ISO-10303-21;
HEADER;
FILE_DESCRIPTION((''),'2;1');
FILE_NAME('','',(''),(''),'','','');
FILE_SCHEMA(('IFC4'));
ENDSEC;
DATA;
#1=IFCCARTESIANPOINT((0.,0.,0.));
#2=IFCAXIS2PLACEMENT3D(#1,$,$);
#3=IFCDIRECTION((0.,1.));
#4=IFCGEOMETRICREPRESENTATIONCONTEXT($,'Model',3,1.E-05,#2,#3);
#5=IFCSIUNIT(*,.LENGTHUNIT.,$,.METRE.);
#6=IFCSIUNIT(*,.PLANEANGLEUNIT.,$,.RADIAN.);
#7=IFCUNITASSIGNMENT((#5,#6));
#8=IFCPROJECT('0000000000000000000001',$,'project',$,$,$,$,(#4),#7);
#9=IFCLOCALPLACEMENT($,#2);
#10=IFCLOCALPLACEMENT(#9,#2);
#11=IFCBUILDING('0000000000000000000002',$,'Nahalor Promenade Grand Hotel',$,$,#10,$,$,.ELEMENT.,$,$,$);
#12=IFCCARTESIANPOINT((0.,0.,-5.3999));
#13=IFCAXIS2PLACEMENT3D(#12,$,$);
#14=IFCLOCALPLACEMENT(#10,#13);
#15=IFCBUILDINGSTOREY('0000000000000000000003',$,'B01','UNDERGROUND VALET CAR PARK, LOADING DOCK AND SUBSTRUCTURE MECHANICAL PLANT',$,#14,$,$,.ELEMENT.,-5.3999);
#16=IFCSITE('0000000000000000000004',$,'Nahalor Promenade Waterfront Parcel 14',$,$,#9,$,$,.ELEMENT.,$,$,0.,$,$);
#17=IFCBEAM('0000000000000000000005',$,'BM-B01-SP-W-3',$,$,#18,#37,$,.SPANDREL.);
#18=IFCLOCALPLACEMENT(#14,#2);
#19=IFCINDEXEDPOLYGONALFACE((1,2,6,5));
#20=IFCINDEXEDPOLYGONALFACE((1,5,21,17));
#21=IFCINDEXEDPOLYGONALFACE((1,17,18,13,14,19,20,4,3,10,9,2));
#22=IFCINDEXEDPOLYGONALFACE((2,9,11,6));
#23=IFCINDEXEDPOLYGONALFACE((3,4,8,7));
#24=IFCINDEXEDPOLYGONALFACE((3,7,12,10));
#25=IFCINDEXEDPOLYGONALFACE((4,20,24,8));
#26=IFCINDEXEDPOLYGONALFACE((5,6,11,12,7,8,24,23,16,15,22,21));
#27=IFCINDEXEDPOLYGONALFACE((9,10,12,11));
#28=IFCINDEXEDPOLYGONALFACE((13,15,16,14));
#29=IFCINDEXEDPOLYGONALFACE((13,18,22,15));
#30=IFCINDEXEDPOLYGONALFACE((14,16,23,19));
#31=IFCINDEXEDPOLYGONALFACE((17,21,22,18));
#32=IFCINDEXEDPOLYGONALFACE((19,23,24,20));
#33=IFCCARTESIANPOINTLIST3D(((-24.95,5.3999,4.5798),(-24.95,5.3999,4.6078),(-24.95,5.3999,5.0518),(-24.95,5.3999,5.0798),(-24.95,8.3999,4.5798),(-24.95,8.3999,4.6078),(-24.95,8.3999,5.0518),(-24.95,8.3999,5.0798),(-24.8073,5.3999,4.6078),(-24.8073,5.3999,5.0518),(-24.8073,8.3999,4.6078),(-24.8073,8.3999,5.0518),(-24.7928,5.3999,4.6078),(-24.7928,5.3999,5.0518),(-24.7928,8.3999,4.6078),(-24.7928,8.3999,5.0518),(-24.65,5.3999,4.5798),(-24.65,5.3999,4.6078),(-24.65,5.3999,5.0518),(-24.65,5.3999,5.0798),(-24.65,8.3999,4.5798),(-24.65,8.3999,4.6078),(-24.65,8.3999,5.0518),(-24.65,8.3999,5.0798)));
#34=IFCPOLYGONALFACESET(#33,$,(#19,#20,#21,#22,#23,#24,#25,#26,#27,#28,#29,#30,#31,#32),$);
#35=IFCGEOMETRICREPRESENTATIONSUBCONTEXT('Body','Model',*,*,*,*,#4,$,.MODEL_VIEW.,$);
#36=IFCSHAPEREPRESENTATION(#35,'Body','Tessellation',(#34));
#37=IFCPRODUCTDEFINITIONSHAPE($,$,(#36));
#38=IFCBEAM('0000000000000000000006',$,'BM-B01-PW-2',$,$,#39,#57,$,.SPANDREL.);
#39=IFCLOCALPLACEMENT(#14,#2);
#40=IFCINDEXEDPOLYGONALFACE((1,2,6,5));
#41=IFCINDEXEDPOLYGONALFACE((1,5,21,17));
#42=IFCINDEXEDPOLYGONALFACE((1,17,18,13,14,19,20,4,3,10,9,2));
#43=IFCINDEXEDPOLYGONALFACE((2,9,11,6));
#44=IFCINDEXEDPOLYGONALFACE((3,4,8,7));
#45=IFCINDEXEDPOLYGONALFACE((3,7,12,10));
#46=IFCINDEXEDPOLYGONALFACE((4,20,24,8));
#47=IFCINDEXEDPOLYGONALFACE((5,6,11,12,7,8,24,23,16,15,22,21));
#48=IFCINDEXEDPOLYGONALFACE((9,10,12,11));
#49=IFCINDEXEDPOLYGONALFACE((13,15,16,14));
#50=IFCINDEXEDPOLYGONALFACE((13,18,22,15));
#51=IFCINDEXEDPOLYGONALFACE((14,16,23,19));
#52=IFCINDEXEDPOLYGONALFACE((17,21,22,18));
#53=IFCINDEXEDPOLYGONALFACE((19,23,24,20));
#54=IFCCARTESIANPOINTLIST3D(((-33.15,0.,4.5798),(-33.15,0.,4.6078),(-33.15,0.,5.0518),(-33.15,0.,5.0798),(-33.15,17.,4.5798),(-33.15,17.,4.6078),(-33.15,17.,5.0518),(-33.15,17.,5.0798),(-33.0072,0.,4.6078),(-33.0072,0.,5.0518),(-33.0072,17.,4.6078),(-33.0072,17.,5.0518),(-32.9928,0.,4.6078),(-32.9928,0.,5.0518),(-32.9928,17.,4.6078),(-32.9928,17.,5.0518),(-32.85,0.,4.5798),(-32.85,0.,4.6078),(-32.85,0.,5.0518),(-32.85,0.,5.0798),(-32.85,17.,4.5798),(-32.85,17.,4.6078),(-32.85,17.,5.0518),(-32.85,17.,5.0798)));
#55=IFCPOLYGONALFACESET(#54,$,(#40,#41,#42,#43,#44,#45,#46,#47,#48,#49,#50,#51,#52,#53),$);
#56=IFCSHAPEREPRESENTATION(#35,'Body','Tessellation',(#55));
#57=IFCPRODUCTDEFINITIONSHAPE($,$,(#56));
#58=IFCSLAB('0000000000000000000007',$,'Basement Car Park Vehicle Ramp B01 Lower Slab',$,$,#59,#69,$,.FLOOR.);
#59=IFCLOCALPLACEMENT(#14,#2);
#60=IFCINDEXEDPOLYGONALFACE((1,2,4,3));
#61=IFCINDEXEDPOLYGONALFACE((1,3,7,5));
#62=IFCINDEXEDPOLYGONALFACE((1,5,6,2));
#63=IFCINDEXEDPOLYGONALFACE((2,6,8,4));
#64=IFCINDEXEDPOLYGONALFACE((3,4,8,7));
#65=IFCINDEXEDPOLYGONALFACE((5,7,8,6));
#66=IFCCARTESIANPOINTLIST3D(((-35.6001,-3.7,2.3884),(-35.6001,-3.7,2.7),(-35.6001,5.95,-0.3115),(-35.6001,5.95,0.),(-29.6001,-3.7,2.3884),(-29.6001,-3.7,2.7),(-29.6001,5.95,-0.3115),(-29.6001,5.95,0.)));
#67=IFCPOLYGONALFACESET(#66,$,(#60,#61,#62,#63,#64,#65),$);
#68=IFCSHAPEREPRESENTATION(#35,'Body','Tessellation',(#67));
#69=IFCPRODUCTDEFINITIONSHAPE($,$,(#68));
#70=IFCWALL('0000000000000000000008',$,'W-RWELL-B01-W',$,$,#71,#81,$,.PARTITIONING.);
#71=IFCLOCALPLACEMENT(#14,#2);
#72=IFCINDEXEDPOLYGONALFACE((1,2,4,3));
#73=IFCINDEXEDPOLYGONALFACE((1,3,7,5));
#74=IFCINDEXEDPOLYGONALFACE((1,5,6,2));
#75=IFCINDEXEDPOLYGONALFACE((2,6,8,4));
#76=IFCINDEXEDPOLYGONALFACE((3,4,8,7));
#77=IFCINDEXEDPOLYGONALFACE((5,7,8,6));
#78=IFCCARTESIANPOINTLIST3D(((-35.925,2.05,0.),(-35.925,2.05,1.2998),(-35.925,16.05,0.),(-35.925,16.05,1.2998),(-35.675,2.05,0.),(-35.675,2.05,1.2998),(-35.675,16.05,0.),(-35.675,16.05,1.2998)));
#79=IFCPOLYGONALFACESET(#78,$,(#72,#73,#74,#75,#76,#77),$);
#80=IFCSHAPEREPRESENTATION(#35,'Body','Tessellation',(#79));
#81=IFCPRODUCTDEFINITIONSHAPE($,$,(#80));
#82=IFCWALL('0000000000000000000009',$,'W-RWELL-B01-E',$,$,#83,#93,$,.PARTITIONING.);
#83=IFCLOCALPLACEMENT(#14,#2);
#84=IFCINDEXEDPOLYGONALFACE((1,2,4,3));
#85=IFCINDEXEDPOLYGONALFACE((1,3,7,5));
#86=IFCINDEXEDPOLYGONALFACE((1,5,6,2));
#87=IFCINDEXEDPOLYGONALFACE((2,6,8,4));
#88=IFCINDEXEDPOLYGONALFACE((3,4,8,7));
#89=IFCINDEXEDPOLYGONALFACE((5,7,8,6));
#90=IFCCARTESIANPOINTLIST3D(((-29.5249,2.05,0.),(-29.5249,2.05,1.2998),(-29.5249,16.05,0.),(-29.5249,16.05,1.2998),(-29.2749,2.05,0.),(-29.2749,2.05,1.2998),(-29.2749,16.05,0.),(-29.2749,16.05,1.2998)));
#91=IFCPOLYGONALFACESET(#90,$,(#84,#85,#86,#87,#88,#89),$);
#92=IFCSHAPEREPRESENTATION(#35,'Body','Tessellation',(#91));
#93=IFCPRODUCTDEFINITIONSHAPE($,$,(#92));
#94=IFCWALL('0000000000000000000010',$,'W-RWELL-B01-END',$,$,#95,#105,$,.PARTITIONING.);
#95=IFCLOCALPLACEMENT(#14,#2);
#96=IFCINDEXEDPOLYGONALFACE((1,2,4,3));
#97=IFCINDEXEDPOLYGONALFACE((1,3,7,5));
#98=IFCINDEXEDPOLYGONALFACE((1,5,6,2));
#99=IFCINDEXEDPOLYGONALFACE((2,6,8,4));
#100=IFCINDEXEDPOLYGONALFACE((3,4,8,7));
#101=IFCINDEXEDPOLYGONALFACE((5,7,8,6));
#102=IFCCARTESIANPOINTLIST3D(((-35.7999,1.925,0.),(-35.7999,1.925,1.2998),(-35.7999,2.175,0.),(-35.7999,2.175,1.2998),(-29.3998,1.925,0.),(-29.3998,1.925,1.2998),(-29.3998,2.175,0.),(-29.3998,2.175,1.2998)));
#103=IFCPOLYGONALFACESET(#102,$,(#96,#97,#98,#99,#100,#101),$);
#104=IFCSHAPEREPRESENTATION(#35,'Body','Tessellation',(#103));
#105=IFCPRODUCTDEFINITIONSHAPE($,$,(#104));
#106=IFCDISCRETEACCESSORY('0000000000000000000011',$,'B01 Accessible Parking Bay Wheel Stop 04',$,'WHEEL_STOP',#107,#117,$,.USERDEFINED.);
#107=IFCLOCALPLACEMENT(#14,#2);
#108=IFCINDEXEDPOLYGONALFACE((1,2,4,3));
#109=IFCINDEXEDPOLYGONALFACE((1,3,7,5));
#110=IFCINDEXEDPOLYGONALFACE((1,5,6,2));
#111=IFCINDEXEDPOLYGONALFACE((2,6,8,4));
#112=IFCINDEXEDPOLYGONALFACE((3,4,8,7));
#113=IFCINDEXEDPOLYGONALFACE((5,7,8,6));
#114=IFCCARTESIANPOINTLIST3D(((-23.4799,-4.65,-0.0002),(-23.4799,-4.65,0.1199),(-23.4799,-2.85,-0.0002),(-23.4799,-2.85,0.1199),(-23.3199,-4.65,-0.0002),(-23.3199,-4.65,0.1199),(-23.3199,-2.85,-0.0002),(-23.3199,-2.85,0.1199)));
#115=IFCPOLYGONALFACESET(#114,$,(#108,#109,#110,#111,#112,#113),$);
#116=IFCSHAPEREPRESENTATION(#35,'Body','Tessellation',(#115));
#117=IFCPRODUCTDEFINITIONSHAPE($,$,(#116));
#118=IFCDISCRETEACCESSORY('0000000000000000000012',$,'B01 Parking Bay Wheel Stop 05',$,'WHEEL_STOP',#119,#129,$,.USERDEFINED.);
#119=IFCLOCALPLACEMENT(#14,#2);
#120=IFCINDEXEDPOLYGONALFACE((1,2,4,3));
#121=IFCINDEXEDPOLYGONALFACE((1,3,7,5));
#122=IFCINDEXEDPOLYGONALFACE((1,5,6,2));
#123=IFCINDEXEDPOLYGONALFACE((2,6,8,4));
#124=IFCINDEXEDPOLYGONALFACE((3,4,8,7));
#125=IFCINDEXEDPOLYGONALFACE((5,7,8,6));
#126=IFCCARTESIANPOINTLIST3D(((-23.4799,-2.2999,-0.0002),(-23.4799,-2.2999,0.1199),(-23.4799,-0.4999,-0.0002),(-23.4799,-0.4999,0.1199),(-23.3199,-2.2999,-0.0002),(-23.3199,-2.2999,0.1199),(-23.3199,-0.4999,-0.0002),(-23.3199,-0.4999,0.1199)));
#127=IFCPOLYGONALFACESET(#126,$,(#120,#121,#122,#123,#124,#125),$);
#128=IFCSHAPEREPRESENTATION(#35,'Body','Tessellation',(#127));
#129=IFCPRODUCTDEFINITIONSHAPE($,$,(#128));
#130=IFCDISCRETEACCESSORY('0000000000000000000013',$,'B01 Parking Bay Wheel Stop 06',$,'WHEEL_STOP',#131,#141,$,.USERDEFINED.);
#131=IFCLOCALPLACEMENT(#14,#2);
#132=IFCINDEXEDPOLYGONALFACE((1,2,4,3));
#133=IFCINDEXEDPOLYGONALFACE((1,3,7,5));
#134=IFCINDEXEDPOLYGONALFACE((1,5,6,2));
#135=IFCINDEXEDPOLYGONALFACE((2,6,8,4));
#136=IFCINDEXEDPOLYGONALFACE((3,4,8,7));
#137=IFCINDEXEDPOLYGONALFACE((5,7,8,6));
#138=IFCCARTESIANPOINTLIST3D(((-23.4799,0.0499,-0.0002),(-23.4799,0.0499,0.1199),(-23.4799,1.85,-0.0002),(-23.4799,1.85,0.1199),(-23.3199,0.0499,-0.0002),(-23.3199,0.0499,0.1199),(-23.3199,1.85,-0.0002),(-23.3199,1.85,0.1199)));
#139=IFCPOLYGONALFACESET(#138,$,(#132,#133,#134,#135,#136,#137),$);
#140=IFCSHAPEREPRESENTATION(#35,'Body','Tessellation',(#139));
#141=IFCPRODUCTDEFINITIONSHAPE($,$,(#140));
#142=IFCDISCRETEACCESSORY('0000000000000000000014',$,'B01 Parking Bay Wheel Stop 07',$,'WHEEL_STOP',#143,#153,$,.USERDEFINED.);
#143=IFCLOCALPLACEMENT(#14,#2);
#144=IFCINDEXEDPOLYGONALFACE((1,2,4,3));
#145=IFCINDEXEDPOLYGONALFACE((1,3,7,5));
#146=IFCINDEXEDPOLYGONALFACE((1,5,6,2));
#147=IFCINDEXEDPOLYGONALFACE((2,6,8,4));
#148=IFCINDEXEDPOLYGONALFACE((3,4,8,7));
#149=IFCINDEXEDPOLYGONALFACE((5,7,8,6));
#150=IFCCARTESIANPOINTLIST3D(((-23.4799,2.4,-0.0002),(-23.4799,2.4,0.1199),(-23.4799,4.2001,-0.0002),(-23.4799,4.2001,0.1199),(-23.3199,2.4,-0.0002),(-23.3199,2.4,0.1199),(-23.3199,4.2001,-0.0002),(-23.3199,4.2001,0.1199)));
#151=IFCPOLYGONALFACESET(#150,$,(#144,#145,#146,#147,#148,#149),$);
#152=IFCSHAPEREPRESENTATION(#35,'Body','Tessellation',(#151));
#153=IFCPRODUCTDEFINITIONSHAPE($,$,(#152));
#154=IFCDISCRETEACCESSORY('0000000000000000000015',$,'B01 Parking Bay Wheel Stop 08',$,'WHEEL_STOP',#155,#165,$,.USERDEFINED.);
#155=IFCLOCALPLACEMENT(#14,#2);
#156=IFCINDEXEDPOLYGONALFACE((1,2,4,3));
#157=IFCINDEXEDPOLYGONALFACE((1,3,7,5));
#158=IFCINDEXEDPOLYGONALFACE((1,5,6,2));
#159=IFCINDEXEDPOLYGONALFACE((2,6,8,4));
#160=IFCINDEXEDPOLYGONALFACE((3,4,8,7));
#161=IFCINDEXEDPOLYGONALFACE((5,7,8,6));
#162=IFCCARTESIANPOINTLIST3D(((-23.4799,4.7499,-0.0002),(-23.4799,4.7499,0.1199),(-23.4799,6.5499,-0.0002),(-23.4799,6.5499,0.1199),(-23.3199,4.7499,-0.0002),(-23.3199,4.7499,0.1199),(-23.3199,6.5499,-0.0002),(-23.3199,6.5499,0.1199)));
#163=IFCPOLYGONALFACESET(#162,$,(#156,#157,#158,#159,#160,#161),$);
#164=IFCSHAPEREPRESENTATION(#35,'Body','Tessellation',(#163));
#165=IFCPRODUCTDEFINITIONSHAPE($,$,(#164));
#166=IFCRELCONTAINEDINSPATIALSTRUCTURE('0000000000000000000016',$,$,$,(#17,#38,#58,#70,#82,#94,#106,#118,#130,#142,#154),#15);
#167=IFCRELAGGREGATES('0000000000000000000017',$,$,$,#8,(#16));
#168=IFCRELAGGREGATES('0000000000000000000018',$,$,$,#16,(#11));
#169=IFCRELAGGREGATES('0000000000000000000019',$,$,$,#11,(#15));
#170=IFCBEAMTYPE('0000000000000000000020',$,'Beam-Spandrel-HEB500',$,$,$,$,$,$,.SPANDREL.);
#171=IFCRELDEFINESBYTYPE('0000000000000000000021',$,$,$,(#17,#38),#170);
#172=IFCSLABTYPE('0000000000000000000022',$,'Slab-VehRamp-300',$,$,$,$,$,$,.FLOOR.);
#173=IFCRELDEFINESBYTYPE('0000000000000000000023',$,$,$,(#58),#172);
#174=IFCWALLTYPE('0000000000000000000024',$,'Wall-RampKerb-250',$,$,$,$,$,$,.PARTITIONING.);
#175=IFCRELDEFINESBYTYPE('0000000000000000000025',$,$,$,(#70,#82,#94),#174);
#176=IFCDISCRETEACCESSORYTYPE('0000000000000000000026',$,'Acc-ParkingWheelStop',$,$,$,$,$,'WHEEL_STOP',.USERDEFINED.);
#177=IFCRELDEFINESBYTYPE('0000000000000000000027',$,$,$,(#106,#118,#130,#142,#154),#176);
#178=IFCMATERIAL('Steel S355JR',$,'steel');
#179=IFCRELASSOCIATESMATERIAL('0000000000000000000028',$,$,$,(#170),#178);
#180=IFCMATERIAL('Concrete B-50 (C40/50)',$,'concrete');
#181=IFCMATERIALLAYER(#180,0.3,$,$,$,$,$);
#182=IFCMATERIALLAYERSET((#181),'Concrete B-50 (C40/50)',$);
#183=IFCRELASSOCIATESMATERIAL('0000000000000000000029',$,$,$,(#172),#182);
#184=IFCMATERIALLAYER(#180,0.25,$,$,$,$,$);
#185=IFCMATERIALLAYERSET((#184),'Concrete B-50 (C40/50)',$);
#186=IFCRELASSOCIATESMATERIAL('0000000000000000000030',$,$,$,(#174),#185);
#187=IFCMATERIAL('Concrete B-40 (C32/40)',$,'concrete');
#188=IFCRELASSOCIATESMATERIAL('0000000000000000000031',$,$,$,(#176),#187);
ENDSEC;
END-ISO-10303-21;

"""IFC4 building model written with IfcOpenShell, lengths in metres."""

from ifc_helpers import new_model, si_unit, direction, frame, frame_2d, origin, origin_2d, place, context, subcontext, project, spatial, polyline, rectangle, i_section, outline, extrude, source, transform, mapped, material, layer, layer_set, material_profile, profile_set, type_object, element, save


model = new_model("IFC4")

# Units and contexts
model_context = context("Model", 3, precision=1e-05, world=origin(), true_north=direction((0.0, 1.0)))
body_context = subcontext(model_context, "Body", "Model", "MODEL_VIEW")
ifc_project = project(units=[si_unit("LENGTHUNIT", "METRE"), si_unit("PLANEANGLEUNIT", "RADIAN")], contexts=[model_context])

# Site, building, storey
site_placement = place(None, origin())
site = spatial("IfcSite", under=ifc_project, at=site_placement, Name="Nahalor Promenade Waterfront Parcel 14", CompositionType="ELEMENT", RefElevation=0.0)
building_placement = place(site_placement, origin())
building = spatial("IfcBuilding", under=site, at=building_placement, Name="Nahalor Promenade Grand Hotel", CompositionType="ELEMENT")
storey_placement = place(building_placement, frame((0.0, 0.0, -5.3999)))
storey = spatial("IfcBuildingStorey", under=building, at=storey_placement, Name="B01", Description="UNDERGROUND VALET CAR PARK, LOADING DOCK AND SUBSTRUCTURE MECHANICAL PLANT", CompositionType="ELEMENT", Elevation=-5.3999)

# Shared definitions
ifc_material_1 = material(Name="Concrete B-50 (C40/50)", Category="concrete")

# Beams
ifc_material_2 = material(Name="Steel S355JR", Category="steel")
ifc_material_profile_1 = material_profile(ifc_material_2, i_section(OverallWidth=0.3, OverallDepth=0.5, WebThickness=0.0145, FlangeThickness=0.028, at=origin_2d()), Name="HEB 500")
ifc_profile_set_1 = profile_set([ifc_material_profile_1], Name="Steel S355JR")
beam_type_1 = type_object("IfcBeamType", Name="Beam-Spandrel-HEB500", PredefinedType="SPANDREL", material=ifc_profile_set_1)
shared_shape_1 = source(origin(), body_context, "Body", "SweptSolid", [
    extrude(i_section(OverallWidth=0.3, OverallDepth=0.5, WebThickness=0.0145, FlangeThickness=0.028, at=origin_2d()), origin(), (0.0, 0.0, 1.0), 3.0),
])
beam_1_placement = place(storey_placement, frame((-24.8, 5.3999, 4.8298), z_axis=(0.0, 1.0, 0.0), x_axis=(-1.0, 0.0, 0.0)))
element("IfcBeam", 1, at=beam_1_placement, inside=storey, type_object=beam_type_1, Name="BM-B01-SP-W-3", PredefinedType="SPANDREL", context=body_context, shape_type="MappedRepresentation", body=[
    mapped(shared_shape_1, transform((0.0, 0.0, 0.0), scale=1.0)),
])
shared_shape_2 = source(origin(), body_context, "Body", "SweptSolid", [
    extrude(i_section(OverallWidth=0.3, OverallDepth=0.5, WebThickness=0.0145, FlangeThickness=0.028, at=origin_2d()), origin(), (0.0, 0.0, 1.0), 17.0),
])
beam_2_placement = place(storey_placement, frame((-33.0, 0.0, 4.8298), z_axis=(0.0, 1.0, 0.0), x_axis=(-1.0, 0.0, 0.0)))
element("IfcBeam", 2, at=beam_2_placement, inside=storey, type_object=beam_type_1, Name="BM-B01-PW-2", PredefinedType="SPANDREL", context=body_context, shape_type="MappedRepresentation", body=[
    mapped(shared_shape_2, transform((0.0, 0.0, 0.0), scale=1.0)),
])

# Slab
ifc_layer_1 = layer(ifc_material_1, 0.3)
ifc_layer_set_1 = layer_set([ifc_layer_1], Name="Concrete B-50 (C40/50)")
slab_type = type_object("IfcSlabType", Name="Slab-VehRamp-300", PredefinedType="FLOOR", material=ifc_layer_set_1)
slab_placement = place(storey_placement, frame((-35.6001, 5.95, 0.0), z_axis=(0.0, 0.269443, 0.963016), x_axis=(1.0, 0.0, 0.0)))
element("IfcSlab", 3, at=slab_placement, inside=storey, type_object=slab_type, Name="Basement Car Park Vehicle Ramp B01 Lower Slab", PredefinedType="FLOOR", context=body_context, shape_type="SweptSolid", body=[
    extrude(outline(polyline([(0.0, 0.0), (6.0, 0.0), (6.0, -10.0205), (0.0, -10.0205), (0.0, 0.0)])), origin(), (0.0, 0.269443, -0.963016), 0.3115),
])

# Walls
ifc_layer_2 = layer(ifc_material_1, 0.25)
ifc_layer_set_2 = layer_set([ifc_layer_2], Name="Concrete B-50 (C40/50)")
wall_type = type_object("IfcWallType", Name="Wall-RampKerb-250", PredefinedType="PARTITIONING", material=ifc_layer_set_2)
shared_shape_3 = source(origin(), body_context, "Body", "SweptSolid", [
    extrude(rectangle(XDim=14.0, YDim=0.25, at=frame_2d((7.0, 0.0))), origin(), (0.0, 0.0, 1.0), 1.2998),
])
for number, where, z_axis, x_axis, name in (
    (4, (-35.8, 2.05, 0.0), (0.0, 0.0, 1.0), (0.0, 1.0, 0.0), "W-RWELL-B01-W"),
    (5, (-29.3999, 2.05, 0.0), (0.0, 0.0, 1.0), (0.0, 1.0, 0.0), "W-RWELL-B01-E"),
):
    element("IfcWall", number, at=place(storey_placement, frame(where, z_axis=z_axis, x_axis=x_axis)), inside=storey, type_object=wall_type, Name=name, PredefinedType="PARTITIONING", context=body_context, shape_type="MappedRepresentation", body=[
        mapped(shared_shape_3, transform((0.0, 0.0, 0.0), scale=1.0)),
    ])
shared_shape_4 = source(origin(), body_context, "Body", "SweptSolid", [
    extrude(rectangle(XDim=6.4001, YDim=0.25, at=frame_2d((3.2002, 0.0))), origin(), (0.0, 0.0, 1.0), 1.2998),
])
wall_placement = place(storey_placement, frame((-35.8, 2.05, 0.0), z_axis=(0.0, 0.0, 1.0), x_axis=(1.0, 0.0, 0.0)))
element("IfcWall", 6, at=wall_placement, inside=storey, type_object=wall_type, Name="W-RWELL-B01-END", PredefinedType="PARTITIONING", context=body_context, shape_type="MappedRepresentation", body=[
    mapped(shared_shape_4, transform((0.0, 0.0, 0.0), scale=1.0)),
])

# Discrete accessories
ifc_material_3 = material(Name="Concrete B-40 (C32/40)", Category="concrete")
discrete_accessory_type = type_object("IfcDiscreteAccessoryType", Name="Acc-ParkingWheelStop", ElementType="WHEEL_STOP", PredefinedType="USERDEFINED", material=ifc_material_3)
shared_shape_5 = source(origin(), body_context, "Body", "SweptSolid", [
    extrude(rectangle(XDim=1.8, YDim=0.1599, at=origin_2d()), origin(), (0.0, 0.0, 1.0), 0.1201),
])
for number, where, z_axis, x_axis, name in (
    (7, (-23.3999, -3.75, -0.0002), (0.0, 0.0, 1.0), (0.0, 1.0, 0.0), "B01 Accessible Parking Bay Wheel Stop 04"),
    (8, (-23.3999, -1.3999, -0.0002), (0.0, 0.0, 1.0), (0.0, 1.0, 0.0), "B01 Parking Bay Wheel Stop 05"),
    (9, (-23.3999, 0.95, -0.0002), (0.0, 0.0, 1.0), (0.0, 1.0, 0.0), "B01 Parking Bay Wheel Stop 06"),
    (10, (-23.3999, 3.3, -0.0002), (0.0, 0.0, 1.0), (0.0, 1.0, 0.0), "B01 Parking Bay Wheel Stop 07"),
    (11, (-23.3999, 5.6499, -0.0002), (0.0, 0.0, 1.0), (0.0, 1.0, 0.0), "B01 Parking Bay Wheel Stop 08"),
):
    element("IfcDiscreteAccessory", number, at=place(storey_placement, frame(where, z_axis=z_axis, x_axis=x_axis)), inside=storey, type_object=discrete_accessory_type, Name=name, ObjectType="WHEEL_STOP", PredefinedType="USERDEFINED", context=body_context, shape_type="MappedRepresentation", body=[
        mapped(shared_shape_5, transform((0.0, 0.0, 0.0), scale=1.0)),
    ])

save(model, "model.ifc")
